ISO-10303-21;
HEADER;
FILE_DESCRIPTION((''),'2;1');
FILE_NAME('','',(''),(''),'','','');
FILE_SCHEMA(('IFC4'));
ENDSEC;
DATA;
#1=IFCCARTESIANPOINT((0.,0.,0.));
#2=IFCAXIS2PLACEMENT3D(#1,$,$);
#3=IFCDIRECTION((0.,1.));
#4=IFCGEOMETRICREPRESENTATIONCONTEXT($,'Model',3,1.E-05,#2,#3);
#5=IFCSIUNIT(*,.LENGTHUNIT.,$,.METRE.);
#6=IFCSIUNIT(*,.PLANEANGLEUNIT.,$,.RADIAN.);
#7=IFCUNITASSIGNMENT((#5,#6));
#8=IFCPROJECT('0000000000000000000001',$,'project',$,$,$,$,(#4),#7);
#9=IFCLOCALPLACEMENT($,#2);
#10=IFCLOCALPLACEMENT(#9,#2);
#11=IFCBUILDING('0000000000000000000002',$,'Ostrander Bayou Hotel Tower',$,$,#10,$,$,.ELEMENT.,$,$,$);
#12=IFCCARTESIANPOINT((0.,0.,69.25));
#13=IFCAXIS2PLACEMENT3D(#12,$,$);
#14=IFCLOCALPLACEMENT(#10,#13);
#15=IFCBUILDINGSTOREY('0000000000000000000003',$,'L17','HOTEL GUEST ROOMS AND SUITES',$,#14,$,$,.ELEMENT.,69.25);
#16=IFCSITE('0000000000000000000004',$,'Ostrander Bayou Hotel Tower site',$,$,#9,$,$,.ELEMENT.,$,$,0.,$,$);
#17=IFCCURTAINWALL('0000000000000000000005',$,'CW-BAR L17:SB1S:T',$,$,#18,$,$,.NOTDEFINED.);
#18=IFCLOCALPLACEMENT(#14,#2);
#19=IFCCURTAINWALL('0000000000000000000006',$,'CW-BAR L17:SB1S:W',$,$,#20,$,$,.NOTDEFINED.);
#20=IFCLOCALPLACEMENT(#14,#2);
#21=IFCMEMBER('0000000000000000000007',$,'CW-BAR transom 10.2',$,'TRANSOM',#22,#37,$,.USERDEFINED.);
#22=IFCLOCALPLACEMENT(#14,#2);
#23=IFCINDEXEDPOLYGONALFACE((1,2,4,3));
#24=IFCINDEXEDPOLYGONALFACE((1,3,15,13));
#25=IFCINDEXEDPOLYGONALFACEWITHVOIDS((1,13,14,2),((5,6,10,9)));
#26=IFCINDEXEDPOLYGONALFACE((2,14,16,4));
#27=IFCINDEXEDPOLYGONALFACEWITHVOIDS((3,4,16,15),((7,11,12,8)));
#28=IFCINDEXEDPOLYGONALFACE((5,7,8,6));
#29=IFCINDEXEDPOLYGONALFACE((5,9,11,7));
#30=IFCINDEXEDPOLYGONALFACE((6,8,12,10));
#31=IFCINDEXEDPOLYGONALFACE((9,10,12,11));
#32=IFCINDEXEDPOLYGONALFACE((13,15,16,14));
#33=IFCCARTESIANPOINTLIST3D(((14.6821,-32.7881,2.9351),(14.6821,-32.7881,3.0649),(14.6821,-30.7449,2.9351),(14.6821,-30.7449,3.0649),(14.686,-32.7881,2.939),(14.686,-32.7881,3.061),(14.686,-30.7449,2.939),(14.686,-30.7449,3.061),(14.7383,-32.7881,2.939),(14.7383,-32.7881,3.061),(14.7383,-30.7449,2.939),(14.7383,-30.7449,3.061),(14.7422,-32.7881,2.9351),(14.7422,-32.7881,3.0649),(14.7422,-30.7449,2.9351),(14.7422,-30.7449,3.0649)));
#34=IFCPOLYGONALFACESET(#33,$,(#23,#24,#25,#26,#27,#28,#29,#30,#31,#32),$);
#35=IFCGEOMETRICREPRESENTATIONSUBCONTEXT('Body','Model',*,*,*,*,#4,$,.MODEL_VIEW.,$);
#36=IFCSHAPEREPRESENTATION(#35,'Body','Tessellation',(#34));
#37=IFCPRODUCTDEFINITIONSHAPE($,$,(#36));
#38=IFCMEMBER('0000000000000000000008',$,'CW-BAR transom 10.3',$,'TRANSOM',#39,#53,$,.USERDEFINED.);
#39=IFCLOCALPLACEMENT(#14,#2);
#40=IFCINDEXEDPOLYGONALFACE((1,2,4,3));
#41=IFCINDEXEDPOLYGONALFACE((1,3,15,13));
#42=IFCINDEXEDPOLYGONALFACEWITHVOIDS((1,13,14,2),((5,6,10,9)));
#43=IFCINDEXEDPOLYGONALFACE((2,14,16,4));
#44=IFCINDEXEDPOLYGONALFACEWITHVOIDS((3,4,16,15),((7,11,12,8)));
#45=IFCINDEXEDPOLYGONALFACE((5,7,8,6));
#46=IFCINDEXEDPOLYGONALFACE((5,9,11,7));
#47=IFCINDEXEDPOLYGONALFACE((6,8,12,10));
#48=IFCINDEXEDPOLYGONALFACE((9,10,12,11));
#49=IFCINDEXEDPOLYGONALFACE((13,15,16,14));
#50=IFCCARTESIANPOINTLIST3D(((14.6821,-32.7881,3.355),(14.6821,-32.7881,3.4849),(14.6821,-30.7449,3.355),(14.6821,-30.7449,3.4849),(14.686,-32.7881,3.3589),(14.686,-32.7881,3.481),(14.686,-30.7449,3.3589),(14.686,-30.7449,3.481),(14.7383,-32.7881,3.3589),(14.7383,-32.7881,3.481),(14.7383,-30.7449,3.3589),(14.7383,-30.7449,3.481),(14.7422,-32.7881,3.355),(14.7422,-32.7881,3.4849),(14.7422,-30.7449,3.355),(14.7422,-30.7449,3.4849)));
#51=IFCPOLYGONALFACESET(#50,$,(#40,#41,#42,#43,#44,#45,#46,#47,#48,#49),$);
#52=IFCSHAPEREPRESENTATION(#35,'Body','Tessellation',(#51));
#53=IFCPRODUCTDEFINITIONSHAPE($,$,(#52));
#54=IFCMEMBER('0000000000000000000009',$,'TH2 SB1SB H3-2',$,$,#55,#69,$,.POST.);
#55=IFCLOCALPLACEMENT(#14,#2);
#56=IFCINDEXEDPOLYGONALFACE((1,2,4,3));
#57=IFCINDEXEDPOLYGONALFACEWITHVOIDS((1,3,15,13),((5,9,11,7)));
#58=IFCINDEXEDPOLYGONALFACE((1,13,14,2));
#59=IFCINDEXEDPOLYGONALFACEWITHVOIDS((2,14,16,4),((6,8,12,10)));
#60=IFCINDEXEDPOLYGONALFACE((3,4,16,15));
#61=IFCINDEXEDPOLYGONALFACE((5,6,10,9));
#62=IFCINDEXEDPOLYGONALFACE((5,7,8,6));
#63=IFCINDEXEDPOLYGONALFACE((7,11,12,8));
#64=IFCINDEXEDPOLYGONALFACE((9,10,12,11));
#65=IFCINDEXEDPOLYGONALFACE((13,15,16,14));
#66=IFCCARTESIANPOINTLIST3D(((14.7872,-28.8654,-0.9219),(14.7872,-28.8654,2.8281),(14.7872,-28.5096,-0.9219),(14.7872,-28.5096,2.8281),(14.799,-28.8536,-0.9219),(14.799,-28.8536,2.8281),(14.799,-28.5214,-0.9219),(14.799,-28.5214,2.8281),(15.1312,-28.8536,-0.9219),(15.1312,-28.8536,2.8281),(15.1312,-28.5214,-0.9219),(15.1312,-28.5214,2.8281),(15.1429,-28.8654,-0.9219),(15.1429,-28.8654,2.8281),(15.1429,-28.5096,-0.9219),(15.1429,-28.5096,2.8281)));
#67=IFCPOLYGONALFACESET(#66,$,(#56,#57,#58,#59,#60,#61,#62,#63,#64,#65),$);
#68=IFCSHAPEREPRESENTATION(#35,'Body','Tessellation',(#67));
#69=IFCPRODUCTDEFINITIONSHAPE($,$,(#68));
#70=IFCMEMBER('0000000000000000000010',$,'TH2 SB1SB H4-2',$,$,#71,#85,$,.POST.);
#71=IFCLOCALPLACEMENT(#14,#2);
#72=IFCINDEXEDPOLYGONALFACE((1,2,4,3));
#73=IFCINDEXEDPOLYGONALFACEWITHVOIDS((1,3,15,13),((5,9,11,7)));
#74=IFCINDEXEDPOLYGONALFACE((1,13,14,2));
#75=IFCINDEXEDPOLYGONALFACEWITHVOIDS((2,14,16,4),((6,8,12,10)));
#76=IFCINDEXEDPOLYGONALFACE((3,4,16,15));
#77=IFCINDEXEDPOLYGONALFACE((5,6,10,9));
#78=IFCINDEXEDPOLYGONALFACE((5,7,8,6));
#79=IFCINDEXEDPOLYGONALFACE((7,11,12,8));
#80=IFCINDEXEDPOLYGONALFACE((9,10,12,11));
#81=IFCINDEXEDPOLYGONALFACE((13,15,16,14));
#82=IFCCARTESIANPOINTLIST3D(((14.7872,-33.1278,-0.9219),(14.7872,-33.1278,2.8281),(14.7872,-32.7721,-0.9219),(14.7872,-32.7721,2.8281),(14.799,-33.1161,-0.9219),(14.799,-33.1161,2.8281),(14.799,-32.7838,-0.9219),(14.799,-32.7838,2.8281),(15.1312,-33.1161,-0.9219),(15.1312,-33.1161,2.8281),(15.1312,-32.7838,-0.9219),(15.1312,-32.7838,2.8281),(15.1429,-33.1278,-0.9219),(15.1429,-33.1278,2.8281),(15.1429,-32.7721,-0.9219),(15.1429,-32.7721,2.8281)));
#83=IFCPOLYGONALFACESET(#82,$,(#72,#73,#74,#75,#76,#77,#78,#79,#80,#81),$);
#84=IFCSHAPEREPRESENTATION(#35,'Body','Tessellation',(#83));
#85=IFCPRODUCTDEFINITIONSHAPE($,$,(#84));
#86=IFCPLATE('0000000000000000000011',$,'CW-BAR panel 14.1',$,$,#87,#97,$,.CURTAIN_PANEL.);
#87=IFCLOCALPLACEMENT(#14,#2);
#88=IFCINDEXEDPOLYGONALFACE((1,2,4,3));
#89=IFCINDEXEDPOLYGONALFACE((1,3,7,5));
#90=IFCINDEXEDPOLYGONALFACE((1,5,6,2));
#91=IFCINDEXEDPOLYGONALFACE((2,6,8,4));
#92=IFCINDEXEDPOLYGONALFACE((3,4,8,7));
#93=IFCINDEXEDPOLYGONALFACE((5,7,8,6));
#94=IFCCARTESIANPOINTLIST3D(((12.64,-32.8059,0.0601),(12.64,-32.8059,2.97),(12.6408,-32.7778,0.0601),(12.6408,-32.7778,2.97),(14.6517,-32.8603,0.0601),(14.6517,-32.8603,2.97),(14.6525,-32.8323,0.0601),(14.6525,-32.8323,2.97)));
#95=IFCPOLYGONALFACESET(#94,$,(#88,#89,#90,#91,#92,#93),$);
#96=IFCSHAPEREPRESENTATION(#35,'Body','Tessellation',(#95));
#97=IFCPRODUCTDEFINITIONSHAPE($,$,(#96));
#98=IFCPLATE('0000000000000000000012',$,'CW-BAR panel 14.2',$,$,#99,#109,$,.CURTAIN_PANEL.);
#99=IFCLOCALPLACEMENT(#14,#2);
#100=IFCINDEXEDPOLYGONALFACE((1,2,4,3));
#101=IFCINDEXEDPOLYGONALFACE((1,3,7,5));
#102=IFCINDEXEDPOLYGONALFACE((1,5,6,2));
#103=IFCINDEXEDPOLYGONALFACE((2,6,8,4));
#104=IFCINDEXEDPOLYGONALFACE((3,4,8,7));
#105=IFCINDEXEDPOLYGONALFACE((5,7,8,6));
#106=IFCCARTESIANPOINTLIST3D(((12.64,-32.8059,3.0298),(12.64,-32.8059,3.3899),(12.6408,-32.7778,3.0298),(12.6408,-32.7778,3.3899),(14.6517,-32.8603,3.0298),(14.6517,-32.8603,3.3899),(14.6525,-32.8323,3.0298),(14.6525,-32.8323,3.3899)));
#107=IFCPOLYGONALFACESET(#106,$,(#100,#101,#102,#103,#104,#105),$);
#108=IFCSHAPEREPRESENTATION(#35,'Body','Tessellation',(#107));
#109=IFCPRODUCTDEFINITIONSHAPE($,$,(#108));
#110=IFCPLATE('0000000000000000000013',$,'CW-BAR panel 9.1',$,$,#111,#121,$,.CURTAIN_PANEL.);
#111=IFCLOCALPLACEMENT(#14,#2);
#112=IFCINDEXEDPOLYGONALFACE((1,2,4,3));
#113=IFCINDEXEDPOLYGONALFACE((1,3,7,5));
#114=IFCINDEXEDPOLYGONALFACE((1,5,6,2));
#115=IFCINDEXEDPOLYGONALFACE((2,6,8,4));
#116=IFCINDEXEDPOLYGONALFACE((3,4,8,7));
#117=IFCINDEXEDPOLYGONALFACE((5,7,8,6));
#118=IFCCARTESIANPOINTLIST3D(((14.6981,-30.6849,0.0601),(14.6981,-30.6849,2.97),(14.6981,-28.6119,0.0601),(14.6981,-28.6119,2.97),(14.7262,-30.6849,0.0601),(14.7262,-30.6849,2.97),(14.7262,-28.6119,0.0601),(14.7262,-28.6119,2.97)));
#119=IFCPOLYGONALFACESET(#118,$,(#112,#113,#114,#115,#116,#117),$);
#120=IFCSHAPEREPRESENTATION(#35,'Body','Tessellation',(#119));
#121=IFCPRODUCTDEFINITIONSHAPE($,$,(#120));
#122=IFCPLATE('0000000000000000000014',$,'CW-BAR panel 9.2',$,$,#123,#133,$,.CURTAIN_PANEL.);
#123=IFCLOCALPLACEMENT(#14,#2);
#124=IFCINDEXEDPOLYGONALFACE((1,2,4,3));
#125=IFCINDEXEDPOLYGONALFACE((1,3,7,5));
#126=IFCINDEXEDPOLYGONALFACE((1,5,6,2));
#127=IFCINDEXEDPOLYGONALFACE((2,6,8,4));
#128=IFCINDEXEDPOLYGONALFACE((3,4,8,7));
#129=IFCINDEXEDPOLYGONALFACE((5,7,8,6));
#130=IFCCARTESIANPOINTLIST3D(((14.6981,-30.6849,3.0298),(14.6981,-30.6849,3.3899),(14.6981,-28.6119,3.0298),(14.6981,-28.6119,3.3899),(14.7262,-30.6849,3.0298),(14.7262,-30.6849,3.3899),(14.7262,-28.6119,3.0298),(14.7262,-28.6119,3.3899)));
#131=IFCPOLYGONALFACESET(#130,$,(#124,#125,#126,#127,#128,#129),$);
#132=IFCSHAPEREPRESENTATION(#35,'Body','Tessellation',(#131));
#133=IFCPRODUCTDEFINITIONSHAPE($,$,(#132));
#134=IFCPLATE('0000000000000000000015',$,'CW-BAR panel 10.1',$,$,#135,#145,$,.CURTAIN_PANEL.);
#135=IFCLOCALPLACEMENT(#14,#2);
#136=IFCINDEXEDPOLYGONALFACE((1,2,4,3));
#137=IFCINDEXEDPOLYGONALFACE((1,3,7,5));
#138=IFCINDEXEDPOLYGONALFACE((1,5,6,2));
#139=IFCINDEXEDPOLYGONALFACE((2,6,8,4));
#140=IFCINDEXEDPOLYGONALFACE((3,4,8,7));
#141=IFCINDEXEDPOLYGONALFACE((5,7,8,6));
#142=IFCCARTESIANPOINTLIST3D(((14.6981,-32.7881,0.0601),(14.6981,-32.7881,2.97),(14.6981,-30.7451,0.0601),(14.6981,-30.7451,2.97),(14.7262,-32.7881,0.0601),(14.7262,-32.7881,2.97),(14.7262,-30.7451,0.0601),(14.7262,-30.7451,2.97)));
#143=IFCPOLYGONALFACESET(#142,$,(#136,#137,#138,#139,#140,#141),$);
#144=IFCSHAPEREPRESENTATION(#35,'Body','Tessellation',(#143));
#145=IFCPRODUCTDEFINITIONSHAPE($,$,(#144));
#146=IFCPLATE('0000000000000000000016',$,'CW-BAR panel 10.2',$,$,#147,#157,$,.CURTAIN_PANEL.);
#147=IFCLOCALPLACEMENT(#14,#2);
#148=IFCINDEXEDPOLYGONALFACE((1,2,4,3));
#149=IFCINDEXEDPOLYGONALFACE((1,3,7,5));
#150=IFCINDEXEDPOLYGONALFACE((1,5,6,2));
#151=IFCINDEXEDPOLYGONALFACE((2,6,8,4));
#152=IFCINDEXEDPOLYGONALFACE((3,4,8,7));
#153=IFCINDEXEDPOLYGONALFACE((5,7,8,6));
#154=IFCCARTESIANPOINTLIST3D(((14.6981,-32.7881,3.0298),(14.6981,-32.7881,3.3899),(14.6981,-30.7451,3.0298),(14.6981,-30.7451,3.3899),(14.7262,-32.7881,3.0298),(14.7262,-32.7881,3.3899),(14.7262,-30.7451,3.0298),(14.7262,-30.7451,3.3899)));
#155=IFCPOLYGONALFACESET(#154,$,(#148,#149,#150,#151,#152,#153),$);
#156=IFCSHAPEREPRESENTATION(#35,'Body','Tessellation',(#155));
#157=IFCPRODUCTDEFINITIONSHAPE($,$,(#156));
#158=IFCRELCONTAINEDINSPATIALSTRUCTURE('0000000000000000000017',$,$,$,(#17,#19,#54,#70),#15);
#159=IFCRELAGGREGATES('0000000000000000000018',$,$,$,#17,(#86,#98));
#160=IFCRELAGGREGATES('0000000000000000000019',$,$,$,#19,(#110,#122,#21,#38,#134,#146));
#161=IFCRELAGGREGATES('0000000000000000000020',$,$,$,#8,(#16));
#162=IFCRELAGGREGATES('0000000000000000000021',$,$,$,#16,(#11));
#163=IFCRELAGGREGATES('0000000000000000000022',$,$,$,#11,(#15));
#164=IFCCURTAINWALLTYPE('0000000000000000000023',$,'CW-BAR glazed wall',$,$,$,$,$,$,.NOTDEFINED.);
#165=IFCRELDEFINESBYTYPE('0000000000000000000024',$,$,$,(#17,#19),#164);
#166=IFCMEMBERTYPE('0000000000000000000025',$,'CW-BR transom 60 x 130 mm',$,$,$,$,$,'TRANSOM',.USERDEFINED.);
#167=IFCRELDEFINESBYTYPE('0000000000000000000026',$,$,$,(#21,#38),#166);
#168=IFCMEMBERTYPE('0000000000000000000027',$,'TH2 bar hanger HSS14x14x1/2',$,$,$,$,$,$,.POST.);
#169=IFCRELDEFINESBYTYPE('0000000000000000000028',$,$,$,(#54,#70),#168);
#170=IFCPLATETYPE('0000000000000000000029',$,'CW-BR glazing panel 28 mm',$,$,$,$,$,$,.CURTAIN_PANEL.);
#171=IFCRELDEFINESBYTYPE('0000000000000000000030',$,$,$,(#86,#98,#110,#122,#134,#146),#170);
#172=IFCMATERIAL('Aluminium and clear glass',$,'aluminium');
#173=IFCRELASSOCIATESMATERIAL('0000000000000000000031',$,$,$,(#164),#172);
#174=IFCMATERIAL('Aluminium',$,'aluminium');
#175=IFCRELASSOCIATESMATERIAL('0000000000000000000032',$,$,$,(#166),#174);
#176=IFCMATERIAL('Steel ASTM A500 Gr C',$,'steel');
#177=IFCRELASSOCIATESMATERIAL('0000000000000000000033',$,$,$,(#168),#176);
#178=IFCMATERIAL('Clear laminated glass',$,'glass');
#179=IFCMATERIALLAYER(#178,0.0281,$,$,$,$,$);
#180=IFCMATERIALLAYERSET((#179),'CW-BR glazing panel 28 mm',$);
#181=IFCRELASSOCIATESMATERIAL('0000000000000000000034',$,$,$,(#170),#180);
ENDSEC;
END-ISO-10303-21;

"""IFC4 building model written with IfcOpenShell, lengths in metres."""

from ifc_helpers import new_model, si_unit, direction, frame, origin, origin_2d, place, context, subcontext, project, spatial, rectangle, hollow_rectangle, extrude, material, layer, layer_set, material_profile, profile_set, type_object, element, aggregate, save


model = new_model("IFC4")

# Units and contexts
model_context = context("Model", 3, precision=1e-05, world=origin(), true_north=direction((0.0, 1.0)))
body_context = subcontext(model_context, "Body", "Model", "MODEL_VIEW")
ifc_project = project(units=[si_unit("LENGTHUNIT", "METRE"), si_unit("PLANEANGLEUNIT", "RADIAN")], contexts=[model_context])

# Site, building, storey
site_placement = place(None, origin())
site = spatial("IfcSite", under=ifc_project, at=site_placement, Name="Ostrander Bayou Hotel Tower site", CompositionType="ELEMENT", RefElevation=0.0)
building_placement = place(site_placement, origin())
building = spatial("IfcBuilding", under=site, at=building_placement, Name="Ostrander Bayou Hotel Tower", CompositionType="ELEMENT")
storey_placement = place(building_placement, frame((0.0, 0.0, 69.25)))
storey = spatial("IfcBuildingStorey", under=building, at=storey_placement, Name="L17", Description="HOTEL GUEST ROOMS AND SUITES", CompositionType="ELEMENT", Elevation=69.25)

# Curtain wall
ifc_material_1 = material(Name="Aluminium and clear glass", Category="aluminium")
curtain_wall_type = type_object("IfcCurtainWallType", Name="CW-BAR glazed wall", PredefinedType="NOTDEFINED", material=ifc_material_1)
curtain_wall_1_placement = place(storey_placement, origin())
curtain_wall_1 = element("IfcCurtainWall", 1, at=curtain_wall_1_placement, inside=storey, type_object=curtain_wall_type, Name="CW-BAR L17:SB1S:T", PredefinedType="NOTDEFINED")

# Curtain wall
curtain_wall_2_placement = place(storey_placement, origin())
curtain_wall_2 = element("IfcCurtainWall", 2, at=curtain_wall_2_placement, inside=storey, type_object=curtain_wall_type, Name="CW-BAR L17:SB1S:W", PredefinedType="NOTDEFINED")

# Members
ifc_material_2 = material(Name="Aluminium", Category="aluminium")
ifc_material_profile_1 = material_profile(ifc_material_2, hollow_rectangle(XDim=0.0601, YDim=0.1299, WallThickness=0.0039, at=origin_2d()))
ifc_profile_set_1 = profile_set([ifc_material_profile_1], Name="Aluminium")
member_type_1 = type_object("IfcMemberType", Name="CW-BR transom 60 x 130 mm", ElementType="TRANSOM", PredefinedType="USERDEFINED", material=ifc_profile_set_1)
member_1_placement = place(storey_placement, frame((14.7122, -30.7449, 3.0), z_axis=(0.0, -1.0, 0.0), x_axis=(1.0, 0.0, 0.0)))
member_1 = element("IfcMember", 3, at=member_1_placement, type_object=member_type_1, Name="CW-BAR transom 10.2", ObjectType="TRANSOM", PredefinedType="USERDEFINED", context=body_context, shape_type="SweptSolid", body=[
    extrude(hollow_rectangle(XDim=0.0601, YDim=0.1299, WallThickness=0.0039, at=origin_2d()), origin(), (0.0, 0.0, 1.0), 2.0432),
])
member_2_placement = place(storey_placement, frame((14.7122, -30.7449, 3.4199), z_axis=(0.0, -1.0, 0.0), x_axis=(1.0, 0.0, 0.0)))
member_2 = element("IfcMember", 4, at=member_2_placement, type_object=member_type_1, Name="CW-BAR transom 10.3", ObjectType="TRANSOM", PredefinedType="USERDEFINED", context=body_context, shape_type="SweptSolid", body=[
    extrude(hollow_rectangle(XDim=0.0601, YDim=0.1299, WallThickness=0.0039, at=origin_2d()), origin(), (0.0, 0.0, 1.0), 2.0432),
])

# Members
ifc_material_3 = material(Name="Steel ASTM A500 Gr C", Category="steel")
ifc_material_profile_2 = material_profile(ifc_material_3, hollow_rectangle(XDim=0.3557, YDim=0.3557, WallThickness=0.0117, at=origin_2d()))
ifc_profile_set_2 = profile_set([ifc_material_profile_2], Name="Steel ASTM A500 Gr C")
member_type_2 = type_object("IfcMemberType", Name="TH2 bar hanger HSS14x14x1/2", PredefinedType="POST", material=ifc_profile_set_2)
for number, where, z_axis, x_axis, name in (
    (5, (14.9651, -28.6875, -0.9219), (0.0, 0.0, 1.0), (1.0, 0.0, 0.0), "TH2 SB1SB H3-2"),
    (6, (14.9651, -32.95, -0.9219), (0.0, 0.0, 1.0), (1.0, 0.0, 0.0), "TH2 SB1SB H4-2"),
):
    element("IfcMember", number, at=place(storey_placement, frame(where, z_axis=z_axis, x_axis=x_axis)), inside=storey, type_object=member_type_2, Name=name, PredefinedType="POST", context=body_context, shape_type="SweptSolid", body=[
        extrude(hollow_rectangle(XDim=0.3557, YDim=0.3557, WallThickness=0.0117, at=origin_2d()), origin(), (0.0, 0.0, 1.0), 3.75),
    ])

# Plates
ifc_material_4 = material(Name="Clear laminated glass", Category="glass")
ifc_layer = layer(ifc_material_4, 0.0281)
ifc_layer_set = layer_set([ifc_layer], Name="CW-BR glazing panel 28 mm")
plate_type = type_object("IfcPlateType", Name="CW-BR glazing panel 28 mm", PredefinedType="CURTAIN_PANEL", material=ifc_layer_set)
plate_1_placement = place(storey_placement, frame((13.6462, -32.8191, 0.0601), z_axis=(0.0, 0.0, 1.0), x_axis=(0.999634, -0.027042, 0.0)))
plate_1 = element("IfcPlate", 7, at=plate_1_placement, type_object=plate_type, Name="CW-BAR panel 14.1", PredefinedType="CURTAIN_PANEL", context=body_context, shape_type="SweptSolid", body=[
    extrude(rectangle(XDim=2.0125, YDim=0.0281, at=origin_2d()), origin(), (0.0, 0.0, 1.0), 2.9099),
])
plate_2_placement = place(storey_placement, frame((13.6462, -32.8191, 3.0298), z_axis=(0.0, 0.0, 1.0), x_axis=(0.999634, -0.027042, 0.0)))
plate_2 = element("IfcPlate", 8, at=plate_2_placement, type_object=plate_type, Name="CW-BAR panel 14.2", PredefinedType="CURTAIN_PANEL", context=body_context, shape_type="SweptSolid", body=[
    extrude(rectangle(XDim=2.0125, YDim=0.0281, at=origin_2d()), origin(), (0.0, 0.0, 1.0), 0.3601),
])
aggregate(curtain_wall_1, [plate_1, plate_2])
plate_3_placement = place(storey_placement, frame((14.7122, -29.6484, 0.0601), z_axis=(0.0, 0.0, 1.0), x_axis=(0.0, -1.0, 0.0)))
plate_3 = element("IfcPlate", 9, at=plate_3_placement, type_object=plate_type, Name="CW-BAR panel 9.1", PredefinedType="CURTAIN_PANEL", context=body_context, shape_type="SweptSolid", body=[
    extrude(rectangle(XDim=2.073, YDim=0.0281, at=origin_2d()), origin(), (0.0, 0.0, 1.0), 2.9099),
])
plate_4_placement = place(storey_placement, frame((14.7122, -29.6484, 3.0298), z_axis=(0.0, 0.0, 1.0), x_axis=(0.0, -1.0, 0.0)))
plate_4 = element("IfcPlate", 10, at=plate_4_placement, type_object=plate_type, Name="CW-BAR panel 9.2", PredefinedType="CURTAIN_PANEL", context=body_context, shape_type="SweptSolid", body=[
    extrude(rectangle(XDim=2.073, YDim=0.0281, at=origin_2d()), origin(), (0.0, 0.0, 1.0), 0.3601),
])
plate_5_placement = place(storey_placement, frame((14.7122, -31.7666, 0.0601), z_axis=(0.0, 0.0, 1.0), x_axis=(0.0, -1.0, 0.0)))
plate_5 = element("IfcPlate", 11, at=plate_5_placement, type_object=plate_type, Name="CW-BAR panel 10.1", PredefinedType="CURTAIN_PANEL", context=body_context, shape_type="SweptSolid", body=[
    extrude(rectangle(XDim=2.043, YDim=0.0281, at=origin_2d()), origin(), (0.0, 0.0, 1.0), 2.9099),
])
plate_6_placement = place(storey_placement, frame((14.7122, -31.7666, 3.0298), z_axis=(0.0, 0.0, 1.0), x_axis=(0.0, -1.0, 0.0)))
plate_6 = element("IfcPlate", 12, at=plate_6_placement, type_object=plate_type, Name="CW-BAR panel 10.2", PredefinedType="CURTAIN_PANEL", context=body_context, shape_type="SweptSolid", body=[
    extrude(rectangle(XDim=2.043, YDim=0.0281, at=origin_2d()), origin(), (0.0, 0.0, 1.0), 0.3601),
])
aggregate(curtain_wall_2, [plate_3, plate_4, member_1, member_2, plate_5, plate_6])

save(model, "model.ifc")
